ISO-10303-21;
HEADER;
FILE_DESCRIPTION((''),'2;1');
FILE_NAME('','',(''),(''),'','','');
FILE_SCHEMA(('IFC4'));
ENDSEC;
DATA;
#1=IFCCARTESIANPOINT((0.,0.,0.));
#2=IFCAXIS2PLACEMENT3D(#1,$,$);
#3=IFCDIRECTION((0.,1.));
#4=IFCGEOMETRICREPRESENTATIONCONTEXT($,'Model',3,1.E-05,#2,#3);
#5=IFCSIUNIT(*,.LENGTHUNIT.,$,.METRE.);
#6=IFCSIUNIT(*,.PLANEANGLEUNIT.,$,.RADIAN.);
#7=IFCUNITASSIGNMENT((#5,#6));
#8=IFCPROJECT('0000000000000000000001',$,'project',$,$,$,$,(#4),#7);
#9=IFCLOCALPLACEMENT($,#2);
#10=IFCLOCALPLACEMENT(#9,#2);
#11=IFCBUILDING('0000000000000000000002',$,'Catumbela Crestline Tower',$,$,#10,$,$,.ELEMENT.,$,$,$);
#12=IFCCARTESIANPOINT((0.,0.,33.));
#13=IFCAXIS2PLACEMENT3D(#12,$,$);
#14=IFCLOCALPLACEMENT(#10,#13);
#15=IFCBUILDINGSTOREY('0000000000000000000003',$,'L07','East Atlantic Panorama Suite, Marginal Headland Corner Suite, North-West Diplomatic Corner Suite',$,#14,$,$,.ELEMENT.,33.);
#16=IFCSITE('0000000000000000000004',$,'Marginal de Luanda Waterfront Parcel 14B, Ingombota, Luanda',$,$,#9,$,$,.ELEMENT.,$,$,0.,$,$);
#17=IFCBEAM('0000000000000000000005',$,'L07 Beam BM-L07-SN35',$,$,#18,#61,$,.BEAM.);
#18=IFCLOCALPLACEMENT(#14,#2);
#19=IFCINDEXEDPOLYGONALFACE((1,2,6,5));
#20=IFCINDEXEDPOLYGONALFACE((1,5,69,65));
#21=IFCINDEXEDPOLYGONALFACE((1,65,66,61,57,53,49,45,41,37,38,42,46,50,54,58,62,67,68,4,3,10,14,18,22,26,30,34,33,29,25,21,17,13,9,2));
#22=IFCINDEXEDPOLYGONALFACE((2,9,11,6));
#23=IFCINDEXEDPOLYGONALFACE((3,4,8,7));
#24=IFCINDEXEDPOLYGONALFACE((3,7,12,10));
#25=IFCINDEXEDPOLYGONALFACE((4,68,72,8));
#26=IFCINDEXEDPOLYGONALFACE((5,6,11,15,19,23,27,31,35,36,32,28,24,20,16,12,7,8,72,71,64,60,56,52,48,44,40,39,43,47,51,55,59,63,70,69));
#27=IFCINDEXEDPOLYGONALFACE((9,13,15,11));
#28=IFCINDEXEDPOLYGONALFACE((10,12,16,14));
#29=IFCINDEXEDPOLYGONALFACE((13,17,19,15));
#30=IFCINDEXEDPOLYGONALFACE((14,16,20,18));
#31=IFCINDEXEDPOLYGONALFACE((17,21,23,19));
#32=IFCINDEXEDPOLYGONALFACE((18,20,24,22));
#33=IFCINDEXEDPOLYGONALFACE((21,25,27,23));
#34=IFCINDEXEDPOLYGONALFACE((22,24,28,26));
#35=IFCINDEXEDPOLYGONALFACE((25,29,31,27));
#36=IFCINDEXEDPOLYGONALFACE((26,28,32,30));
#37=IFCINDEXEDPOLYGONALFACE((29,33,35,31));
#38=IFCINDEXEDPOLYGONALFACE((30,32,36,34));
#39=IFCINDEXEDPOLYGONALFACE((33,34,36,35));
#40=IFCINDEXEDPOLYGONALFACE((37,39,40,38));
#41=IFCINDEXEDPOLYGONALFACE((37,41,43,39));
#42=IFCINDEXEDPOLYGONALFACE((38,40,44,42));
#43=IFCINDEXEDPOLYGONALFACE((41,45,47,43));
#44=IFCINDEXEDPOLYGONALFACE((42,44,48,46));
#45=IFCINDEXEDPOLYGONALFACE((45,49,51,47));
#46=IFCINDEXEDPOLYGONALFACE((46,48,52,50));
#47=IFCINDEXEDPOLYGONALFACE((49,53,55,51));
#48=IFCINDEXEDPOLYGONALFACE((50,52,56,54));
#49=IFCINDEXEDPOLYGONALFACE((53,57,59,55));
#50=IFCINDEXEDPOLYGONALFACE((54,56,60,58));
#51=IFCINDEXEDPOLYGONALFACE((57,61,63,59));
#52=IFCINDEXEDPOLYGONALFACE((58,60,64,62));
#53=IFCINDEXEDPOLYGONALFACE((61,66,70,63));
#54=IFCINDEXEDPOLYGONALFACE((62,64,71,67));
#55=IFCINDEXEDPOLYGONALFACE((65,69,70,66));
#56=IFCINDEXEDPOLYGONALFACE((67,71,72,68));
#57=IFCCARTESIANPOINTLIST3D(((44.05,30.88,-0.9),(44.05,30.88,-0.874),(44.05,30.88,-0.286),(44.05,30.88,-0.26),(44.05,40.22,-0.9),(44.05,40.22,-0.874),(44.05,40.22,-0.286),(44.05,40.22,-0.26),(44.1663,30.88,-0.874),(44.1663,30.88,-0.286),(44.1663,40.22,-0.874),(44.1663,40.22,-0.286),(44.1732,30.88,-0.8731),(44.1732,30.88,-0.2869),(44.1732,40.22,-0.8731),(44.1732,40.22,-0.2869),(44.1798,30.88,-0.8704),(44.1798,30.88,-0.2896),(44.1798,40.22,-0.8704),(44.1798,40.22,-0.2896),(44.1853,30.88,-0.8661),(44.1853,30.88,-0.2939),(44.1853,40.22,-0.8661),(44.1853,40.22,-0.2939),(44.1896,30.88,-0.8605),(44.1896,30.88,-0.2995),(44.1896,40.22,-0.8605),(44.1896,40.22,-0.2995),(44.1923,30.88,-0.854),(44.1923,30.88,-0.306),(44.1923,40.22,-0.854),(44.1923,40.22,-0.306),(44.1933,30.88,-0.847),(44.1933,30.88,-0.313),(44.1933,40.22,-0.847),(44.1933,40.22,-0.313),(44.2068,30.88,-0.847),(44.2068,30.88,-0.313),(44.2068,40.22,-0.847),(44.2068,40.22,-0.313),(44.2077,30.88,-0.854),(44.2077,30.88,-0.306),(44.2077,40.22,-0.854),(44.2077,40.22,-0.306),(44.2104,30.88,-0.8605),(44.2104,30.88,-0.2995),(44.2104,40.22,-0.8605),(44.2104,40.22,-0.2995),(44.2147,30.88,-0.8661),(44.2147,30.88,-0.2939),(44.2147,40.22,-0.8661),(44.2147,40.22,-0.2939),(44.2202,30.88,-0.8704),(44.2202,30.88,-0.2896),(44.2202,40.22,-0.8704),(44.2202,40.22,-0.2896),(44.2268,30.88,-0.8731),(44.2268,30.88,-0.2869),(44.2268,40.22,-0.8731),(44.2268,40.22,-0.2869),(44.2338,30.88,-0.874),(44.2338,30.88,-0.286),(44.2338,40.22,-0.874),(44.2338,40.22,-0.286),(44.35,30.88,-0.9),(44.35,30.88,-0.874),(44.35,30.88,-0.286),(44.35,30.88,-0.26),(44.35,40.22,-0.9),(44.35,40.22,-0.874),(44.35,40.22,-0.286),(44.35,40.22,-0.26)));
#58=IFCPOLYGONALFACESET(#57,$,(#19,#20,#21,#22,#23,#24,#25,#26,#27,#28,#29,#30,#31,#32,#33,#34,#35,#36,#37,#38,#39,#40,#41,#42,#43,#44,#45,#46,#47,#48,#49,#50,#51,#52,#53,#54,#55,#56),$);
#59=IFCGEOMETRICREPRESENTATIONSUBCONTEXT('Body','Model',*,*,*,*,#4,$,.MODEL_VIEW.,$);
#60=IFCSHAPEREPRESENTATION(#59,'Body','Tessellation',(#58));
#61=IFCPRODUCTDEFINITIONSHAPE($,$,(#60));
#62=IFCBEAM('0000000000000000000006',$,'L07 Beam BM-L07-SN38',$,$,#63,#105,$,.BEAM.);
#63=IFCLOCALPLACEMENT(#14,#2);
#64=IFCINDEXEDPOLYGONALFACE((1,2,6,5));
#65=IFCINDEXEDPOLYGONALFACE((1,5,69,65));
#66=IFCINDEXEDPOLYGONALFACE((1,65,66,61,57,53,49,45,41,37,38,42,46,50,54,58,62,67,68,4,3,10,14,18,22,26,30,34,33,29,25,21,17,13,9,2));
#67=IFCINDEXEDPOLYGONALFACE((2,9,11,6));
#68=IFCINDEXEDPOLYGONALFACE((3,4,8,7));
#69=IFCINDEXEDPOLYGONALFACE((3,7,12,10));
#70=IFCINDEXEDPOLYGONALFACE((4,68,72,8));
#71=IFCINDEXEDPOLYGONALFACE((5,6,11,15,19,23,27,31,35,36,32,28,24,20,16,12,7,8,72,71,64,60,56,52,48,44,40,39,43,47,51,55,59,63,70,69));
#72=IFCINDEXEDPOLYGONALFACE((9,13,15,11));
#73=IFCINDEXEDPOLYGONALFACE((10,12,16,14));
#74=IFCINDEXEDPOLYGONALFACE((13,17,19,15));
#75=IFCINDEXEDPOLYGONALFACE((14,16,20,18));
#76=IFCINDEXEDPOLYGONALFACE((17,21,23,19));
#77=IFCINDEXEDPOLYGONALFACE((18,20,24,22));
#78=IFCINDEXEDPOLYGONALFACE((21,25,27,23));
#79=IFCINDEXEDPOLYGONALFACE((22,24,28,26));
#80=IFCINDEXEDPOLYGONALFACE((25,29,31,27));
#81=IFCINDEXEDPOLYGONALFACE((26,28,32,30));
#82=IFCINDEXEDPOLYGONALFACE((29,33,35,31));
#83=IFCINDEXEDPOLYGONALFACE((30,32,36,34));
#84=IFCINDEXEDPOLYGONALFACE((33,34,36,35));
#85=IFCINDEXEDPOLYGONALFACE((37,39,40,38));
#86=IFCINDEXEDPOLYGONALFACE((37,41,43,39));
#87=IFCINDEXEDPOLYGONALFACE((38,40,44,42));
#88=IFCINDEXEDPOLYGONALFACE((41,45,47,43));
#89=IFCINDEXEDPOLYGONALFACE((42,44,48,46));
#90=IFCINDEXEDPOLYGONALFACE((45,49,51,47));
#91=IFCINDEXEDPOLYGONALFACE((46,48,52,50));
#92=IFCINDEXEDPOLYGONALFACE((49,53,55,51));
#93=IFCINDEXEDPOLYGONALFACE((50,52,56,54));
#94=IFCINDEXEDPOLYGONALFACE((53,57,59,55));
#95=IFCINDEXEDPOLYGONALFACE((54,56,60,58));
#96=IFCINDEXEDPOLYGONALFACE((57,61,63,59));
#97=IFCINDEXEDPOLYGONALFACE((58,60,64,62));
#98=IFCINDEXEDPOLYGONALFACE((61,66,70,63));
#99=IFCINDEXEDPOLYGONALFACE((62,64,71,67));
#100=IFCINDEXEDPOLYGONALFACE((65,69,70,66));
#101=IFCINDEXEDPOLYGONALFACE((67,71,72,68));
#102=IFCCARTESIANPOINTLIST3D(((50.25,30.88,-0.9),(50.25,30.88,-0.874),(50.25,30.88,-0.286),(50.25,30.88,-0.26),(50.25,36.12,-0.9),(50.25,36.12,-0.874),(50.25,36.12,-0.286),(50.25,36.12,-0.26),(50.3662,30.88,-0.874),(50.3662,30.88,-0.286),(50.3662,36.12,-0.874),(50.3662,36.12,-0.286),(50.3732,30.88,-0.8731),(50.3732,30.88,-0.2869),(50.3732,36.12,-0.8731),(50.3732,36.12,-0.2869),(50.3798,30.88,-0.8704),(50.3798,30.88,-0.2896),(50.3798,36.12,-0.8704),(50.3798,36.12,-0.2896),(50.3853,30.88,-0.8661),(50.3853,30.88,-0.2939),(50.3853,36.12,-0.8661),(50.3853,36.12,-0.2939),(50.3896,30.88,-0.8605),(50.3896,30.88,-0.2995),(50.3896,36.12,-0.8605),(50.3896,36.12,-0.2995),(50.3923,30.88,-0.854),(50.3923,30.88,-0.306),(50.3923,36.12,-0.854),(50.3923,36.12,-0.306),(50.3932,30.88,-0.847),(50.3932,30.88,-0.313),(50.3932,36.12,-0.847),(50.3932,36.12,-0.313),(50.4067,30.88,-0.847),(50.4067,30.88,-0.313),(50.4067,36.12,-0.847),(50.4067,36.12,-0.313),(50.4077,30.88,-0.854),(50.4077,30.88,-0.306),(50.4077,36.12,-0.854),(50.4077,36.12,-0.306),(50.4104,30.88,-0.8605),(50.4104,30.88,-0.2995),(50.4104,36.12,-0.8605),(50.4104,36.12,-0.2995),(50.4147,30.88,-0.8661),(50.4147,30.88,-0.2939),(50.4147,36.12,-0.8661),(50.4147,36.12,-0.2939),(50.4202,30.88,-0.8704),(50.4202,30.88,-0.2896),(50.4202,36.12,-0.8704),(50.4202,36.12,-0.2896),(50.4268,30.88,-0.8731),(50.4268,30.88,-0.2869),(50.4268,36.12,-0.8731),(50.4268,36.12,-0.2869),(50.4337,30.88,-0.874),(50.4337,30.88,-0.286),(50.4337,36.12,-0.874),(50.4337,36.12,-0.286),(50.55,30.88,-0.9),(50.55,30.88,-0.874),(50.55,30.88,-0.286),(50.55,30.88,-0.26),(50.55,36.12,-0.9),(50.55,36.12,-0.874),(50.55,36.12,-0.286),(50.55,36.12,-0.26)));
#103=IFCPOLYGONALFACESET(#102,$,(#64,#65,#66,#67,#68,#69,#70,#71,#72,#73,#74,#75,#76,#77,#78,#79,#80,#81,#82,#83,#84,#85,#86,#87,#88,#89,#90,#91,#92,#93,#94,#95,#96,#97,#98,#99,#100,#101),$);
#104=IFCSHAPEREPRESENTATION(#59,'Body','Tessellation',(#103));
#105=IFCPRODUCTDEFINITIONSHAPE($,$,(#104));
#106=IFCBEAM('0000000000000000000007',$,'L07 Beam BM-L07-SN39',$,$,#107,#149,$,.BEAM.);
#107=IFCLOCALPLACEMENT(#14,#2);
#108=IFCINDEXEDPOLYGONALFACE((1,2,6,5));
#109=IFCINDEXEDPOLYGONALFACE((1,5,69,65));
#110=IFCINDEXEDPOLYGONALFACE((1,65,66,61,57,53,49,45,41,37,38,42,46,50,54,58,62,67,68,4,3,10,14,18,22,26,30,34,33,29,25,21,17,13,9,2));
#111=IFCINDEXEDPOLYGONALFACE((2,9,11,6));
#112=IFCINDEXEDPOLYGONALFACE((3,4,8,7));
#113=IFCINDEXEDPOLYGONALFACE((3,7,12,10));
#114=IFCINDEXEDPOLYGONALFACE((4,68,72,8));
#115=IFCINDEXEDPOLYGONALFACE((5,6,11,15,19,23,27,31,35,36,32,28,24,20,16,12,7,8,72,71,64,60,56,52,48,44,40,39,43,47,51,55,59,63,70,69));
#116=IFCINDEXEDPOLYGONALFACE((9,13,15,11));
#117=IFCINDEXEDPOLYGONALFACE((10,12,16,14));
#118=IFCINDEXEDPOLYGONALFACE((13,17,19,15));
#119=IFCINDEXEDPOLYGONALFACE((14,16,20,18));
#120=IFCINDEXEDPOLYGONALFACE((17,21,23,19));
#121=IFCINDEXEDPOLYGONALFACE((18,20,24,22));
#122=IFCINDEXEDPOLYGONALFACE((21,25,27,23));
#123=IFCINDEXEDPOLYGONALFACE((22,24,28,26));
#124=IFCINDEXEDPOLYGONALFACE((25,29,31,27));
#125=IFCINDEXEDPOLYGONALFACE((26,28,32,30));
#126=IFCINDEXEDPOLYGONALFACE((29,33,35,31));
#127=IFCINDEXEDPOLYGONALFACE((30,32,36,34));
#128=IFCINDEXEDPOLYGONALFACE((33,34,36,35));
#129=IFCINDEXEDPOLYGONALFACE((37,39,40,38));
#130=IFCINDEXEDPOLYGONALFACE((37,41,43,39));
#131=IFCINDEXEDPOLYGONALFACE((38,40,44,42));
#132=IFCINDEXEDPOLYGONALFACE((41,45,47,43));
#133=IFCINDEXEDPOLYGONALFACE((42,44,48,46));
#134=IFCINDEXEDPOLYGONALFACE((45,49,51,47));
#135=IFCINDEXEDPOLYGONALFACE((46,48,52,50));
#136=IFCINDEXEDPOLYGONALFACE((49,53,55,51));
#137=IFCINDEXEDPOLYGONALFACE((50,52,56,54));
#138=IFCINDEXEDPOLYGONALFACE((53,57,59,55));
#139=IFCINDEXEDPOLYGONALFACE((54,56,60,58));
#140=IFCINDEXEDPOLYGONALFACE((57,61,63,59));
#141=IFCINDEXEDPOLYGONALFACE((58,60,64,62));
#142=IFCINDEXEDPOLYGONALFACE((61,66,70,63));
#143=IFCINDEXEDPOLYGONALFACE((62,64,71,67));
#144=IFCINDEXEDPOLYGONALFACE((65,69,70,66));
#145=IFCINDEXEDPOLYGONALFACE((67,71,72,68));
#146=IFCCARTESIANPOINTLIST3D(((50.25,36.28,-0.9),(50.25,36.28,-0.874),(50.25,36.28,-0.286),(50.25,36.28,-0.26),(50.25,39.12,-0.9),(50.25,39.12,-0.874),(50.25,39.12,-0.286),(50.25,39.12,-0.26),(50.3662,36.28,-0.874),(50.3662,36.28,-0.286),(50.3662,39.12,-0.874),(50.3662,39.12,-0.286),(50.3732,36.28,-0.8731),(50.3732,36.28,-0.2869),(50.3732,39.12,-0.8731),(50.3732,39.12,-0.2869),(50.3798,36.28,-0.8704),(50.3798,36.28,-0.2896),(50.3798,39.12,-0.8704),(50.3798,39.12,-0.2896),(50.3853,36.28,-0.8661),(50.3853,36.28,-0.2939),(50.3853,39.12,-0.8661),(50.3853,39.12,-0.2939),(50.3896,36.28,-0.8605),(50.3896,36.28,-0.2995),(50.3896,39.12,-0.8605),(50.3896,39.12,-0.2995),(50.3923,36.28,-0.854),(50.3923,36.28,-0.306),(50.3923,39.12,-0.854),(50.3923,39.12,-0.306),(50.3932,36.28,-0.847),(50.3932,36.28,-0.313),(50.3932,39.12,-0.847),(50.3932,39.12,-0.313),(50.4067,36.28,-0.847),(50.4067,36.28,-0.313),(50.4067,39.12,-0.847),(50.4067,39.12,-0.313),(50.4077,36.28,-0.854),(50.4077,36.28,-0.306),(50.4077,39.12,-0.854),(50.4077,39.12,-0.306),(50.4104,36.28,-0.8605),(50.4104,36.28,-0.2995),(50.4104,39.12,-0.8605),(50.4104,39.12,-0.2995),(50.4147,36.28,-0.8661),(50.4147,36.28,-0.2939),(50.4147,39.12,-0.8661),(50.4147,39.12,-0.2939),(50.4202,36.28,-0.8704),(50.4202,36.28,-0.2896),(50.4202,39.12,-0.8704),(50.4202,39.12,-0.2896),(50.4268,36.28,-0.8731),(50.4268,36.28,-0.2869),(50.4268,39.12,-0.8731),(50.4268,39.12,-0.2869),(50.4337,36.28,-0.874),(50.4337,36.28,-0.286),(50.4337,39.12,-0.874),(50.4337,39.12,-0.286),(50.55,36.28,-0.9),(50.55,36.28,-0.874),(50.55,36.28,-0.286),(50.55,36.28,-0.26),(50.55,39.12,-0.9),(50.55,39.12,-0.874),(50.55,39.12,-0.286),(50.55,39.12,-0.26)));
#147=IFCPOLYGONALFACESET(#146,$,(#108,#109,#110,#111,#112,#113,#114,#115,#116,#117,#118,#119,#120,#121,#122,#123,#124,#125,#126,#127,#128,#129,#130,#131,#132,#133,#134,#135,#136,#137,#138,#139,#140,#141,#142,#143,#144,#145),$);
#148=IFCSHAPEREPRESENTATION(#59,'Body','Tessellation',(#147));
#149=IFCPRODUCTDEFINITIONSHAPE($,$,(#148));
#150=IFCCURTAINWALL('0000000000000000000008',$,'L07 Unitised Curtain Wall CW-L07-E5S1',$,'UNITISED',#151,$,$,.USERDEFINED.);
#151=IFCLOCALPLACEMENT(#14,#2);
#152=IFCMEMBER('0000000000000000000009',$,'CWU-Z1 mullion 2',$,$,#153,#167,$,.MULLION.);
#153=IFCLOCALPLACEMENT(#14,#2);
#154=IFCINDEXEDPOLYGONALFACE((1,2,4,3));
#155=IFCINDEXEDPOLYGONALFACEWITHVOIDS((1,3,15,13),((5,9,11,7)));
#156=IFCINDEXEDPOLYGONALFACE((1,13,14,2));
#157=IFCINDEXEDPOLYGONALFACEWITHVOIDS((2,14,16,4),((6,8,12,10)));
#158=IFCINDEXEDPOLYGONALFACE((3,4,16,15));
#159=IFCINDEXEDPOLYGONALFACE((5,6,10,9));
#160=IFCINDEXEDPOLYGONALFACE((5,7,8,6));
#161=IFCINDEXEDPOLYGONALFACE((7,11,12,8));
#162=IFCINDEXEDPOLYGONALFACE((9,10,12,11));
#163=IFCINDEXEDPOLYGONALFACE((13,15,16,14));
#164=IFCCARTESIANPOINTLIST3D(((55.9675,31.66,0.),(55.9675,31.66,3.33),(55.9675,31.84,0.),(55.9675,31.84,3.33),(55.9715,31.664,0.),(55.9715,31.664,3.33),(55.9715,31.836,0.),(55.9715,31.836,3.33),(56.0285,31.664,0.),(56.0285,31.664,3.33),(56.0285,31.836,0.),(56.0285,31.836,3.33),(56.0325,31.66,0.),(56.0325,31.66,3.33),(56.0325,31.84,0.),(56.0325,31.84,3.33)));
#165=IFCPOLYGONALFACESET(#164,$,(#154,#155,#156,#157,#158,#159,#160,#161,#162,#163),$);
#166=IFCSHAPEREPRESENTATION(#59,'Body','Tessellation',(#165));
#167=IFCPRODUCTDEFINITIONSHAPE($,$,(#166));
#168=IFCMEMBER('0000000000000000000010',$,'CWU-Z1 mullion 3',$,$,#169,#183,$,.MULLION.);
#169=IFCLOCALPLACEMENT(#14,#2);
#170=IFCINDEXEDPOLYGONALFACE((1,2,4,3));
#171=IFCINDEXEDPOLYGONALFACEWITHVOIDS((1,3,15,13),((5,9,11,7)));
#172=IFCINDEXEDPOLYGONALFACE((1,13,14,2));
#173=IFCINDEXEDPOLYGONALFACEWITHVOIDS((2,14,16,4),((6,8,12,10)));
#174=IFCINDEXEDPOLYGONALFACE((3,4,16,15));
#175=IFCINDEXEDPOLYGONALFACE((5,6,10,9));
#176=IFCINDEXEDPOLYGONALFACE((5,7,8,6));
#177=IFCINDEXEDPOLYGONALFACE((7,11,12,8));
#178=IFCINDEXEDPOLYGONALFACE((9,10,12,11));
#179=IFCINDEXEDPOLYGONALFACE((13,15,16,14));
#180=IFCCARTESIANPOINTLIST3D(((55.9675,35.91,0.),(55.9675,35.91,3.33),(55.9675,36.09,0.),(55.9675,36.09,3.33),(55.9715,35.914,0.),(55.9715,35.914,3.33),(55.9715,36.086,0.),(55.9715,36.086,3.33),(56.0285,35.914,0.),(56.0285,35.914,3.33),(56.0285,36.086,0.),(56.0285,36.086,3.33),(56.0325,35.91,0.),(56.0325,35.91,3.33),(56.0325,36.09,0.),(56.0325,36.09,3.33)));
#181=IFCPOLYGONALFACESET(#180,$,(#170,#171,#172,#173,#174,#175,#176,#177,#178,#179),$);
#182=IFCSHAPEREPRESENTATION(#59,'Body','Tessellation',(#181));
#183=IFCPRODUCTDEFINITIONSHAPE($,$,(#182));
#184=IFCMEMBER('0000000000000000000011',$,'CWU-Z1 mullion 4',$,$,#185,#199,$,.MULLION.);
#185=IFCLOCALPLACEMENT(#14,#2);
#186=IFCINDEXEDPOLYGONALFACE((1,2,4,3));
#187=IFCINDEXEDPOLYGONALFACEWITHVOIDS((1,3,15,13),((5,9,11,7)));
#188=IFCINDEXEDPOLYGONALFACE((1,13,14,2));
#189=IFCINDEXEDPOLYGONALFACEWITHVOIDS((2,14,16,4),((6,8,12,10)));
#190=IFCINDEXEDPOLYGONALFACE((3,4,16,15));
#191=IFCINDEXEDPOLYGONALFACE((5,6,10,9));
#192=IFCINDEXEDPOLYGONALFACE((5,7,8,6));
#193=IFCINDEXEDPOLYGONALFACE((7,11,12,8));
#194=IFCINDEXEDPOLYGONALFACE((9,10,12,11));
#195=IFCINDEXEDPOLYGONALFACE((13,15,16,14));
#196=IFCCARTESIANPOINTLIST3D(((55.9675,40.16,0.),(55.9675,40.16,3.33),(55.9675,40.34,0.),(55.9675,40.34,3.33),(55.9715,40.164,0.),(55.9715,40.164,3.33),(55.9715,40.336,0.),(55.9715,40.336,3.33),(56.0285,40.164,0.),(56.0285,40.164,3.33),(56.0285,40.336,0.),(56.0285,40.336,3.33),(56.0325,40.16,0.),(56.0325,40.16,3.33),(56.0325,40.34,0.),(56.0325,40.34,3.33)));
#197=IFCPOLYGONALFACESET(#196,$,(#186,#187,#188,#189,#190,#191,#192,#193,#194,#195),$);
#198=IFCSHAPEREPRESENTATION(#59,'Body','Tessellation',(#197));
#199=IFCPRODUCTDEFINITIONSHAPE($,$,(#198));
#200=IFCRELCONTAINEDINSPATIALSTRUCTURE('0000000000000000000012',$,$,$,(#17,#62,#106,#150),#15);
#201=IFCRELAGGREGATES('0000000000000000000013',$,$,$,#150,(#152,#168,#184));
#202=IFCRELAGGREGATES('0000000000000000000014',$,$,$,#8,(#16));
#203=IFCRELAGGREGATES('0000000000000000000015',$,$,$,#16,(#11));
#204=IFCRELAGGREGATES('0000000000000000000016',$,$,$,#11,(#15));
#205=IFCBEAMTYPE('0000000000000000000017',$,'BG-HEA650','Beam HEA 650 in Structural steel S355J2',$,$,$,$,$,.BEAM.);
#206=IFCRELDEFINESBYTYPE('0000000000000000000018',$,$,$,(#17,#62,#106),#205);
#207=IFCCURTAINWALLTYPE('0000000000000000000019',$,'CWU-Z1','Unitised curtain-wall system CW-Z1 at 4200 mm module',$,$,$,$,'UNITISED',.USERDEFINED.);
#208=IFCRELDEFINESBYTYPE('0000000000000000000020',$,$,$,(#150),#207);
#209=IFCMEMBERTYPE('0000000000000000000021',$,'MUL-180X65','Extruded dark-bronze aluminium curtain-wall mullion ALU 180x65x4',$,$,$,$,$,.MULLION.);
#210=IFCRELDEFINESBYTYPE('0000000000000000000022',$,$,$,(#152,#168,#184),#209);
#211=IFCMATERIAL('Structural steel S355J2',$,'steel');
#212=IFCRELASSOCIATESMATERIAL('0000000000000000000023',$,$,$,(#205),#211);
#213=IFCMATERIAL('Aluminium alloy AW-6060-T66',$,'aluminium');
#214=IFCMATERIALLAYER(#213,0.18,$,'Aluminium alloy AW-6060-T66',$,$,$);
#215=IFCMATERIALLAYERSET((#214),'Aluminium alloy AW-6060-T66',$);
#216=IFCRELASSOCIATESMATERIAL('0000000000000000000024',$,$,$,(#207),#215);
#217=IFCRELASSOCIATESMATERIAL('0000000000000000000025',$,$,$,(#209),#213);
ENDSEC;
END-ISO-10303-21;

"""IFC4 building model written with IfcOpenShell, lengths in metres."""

from ifc_helpers import new_model, si_unit, direction, frame, origin, origin_2d, place, context, subcontext, project, spatial, hollow_rectangle, i_section, extrude, material, layer, layer_set, material_profile, profile_set, type_object, element, aggregate, save


model = new_model("IFC4")

# Units and contexts
model_context = context("Model", 3, precision=1e-05, world=origin(), true_north=direction((0.0, 1.0)))
body_context = subcontext(model_context, "Body", "Model", "MODEL_VIEW")
ifc_project = project(units=[si_unit("LENGTHUNIT", "METRE"), si_unit("PLANEANGLEUNIT", "RADIAN")], contexts=[model_context])

# Site, building, storey
site_placement = place(None, origin())
site = spatial("IfcSite", under=ifc_project, at=site_placement, Name="Marginal de Luanda Waterfront Parcel 14B, Ingombota, Luanda", CompositionType="ELEMENT", RefElevation=0.0)
building_placement = place(site_placement, origin())
building = spatial("IfcBuilding", under=site, at=building_placement, Name="Catumbela Crestline Tower", CompositionType="ELEMENT")
storey_placement = place(building_placement, frame((0.0, 0.0, 33.0)))
storey = spatial("IfcBuildingStorey", under=building, at=storey_placement, Name="L07", Description="East Atlantic Panorama Suite, Marginal Headland Corner Suite, North-West Diplomatic Corner Suite", CompositionType="ELEMENT", Elevation=33.0)

# Beams
ifc_material_1 = material(Name="Structural steel S355J2", Category="steel")
ifc_material_profile_1 = material_profile(ifc_material_1, i_section(OverallWidth=0.3, OverallDepth=0.64, WebThickness=0.0135, FlangeThickness=0.026, FilletRadius=0.027, at=origin_2d()), Name="HEA 650")
ifc_profile_set_1 = profile_set([ifc_material_profile_1], Name="Structural steel S355J2")
beam_type_1 = type_object("IfcBeamType", Name="BG-HEA650", Description="Beam HEA 650 in Structural steel S355J2", PredefinedType="BEAM", material=ifc_profile_set_1)
beam_1_placement = place(storey_placement, frame((44.2, 30.88, -0.58), z_axis=(0.0, 1.0, 0.0), x_axis=(-1.0, 0.0, 0.0)))
element("IfcBeam", 1, at=beam_1_placement, inside=storey, type_object=beam_type_1, Name="L07 Beam BM-L07-SN35", PredefinedType="BEAM", context=body_context, shape_type="SweptSolid", body=[
    extrude(i_section(OverallWidth=0.3, OverallDepth=0.64, WebThickness=0.0135, FlangeThickness=0.026, FilletRadius=0.027, at=origin_2d()), origin(), (0.0, 0.0, 1.0), 9.34),
])
beam_2_placement = place(storey_placement, frame((50.4, 30.88, -0.58), z_axis=(0.0, 1.0, 0.0), x_axis=(-1.0, 0.0, 0.0)))
element("IfcBeam", 2, at=beam_2_placement, inside=storey, type_object=beam_type_1, Name="L07 Beam BM-L07-SN38", PredefinedType="BEAM", context=body_context, shape_type="SweptSolid", body=[
    extrude(i_section(OverallWidth=0.3, OverallDepth=0.64, WebThickness=0.0135, FlangeThickness=0.026, FilletRadius=0.027, at=origin_2d()), origin(), (0.0, 0.0, 1.0), 5.24),
])
beam_3_placement = place(storey_placement, frame((50.4, 36.28, -0.58), z_axis=(0.0, 1.0, 0.0), x_axis=(-1.0, 0.0, 0.0)))
element("IfcBeam", 3, at=beam_3_placement, inside=storey, type_object=beam_type_1, Name="L07 Beam BM-L07-SN39", PredefinedType="BEAM", context=body_context, shape_type="SweptSolid", body=[
    extrude(i_section(OverallWidth=0.3, OverallDepth=0.64, WebThickness=0.0135, FlangeThickness=0.026, FilletRadius=0.027, at=origin_2d()), origin(), (0.0, 0.0, 1.0), 2.84),
])

# Curtain wall, members
ifc_material_2 = material(Name="Aluminium alloy AW-6060-T66", Category="aluminium")
ifc_layer_1 = layer(ifc_material_2, 0.18, Name="Aluminium alloy AW-6060-T66")
ifc_layer_set_1 = layer_set([ifc_layer_1], Name="Aluminium alloy AW-6060-T66")
curtain_wall_type = type_object("IfcCurtainWallType", Name="CWU-Z1", Description="Unitised curtain-wall system CW-Z1 at 4200 mm module", ElementType="UNITISED", PredefinedType="USERDEFINED", material=ifc_layer_set_1)
curtain_wall_placement = place(storey_placement, origin())
curtain_wall = element("IfcCurtainWall", 4, at=curtain_wall_placement, inside=storey, type_object=curtain_wall_type, Name="L07 Unitised Curtain Wall CW-L07-E5S1", ObjectType="UNITISED", PredefinedType="USERDEFINED")
ifc_material_profile_2 = material_profile(ifc_material_2, hollow_rectangle(XDim=0.065, YDim=0.18, WallThickness=0.004, at=origin_2d()), Name="ALU 180x65x4")
ifc_profile_set_2 = profile_set([ifc_material_profile_2], Name="Aluminium alloy AW-6060-T66")
member_type_1 = type_object("IfcMemberType", Name="MUL-180X65", Description="Extruded dark-bronze aluminium curtain-wall mullion ALU 180x65x4", PredefinedType="MULLION", material=ifc_profile_set_2)
member_1_placement = place(storey_placement, frame((56.0, 31.75, 0.0), z_axis=(0.0, 0.0, 1.0), x_axis=(-1.0, 0.0, 0.0)))
member_1 = element("IfcMember", 5, at=member_1_placement, type_object=member_type_1, Name="CWU-Z1 mullion 2", PredefinedType="MULLION", context=body_context, shape_type="SweptSolid", body=[
    extrude(hollow_rectangle(XDim=0.065, YDim=0.18, WallThickness=0.004, at=origin_2d()), origin(), (0.0, 0.0, 1.0), 3.33),
])
member_2_placement = place(storey_placement, frame((56.0, 36.0, 0.0), z_axis=(0.0, 0.0, 1.0), x_axis=(-1.0, 0.0, 0.0)))
member_2 = element("IfcMember", 6, at=member_2_placement, type_object=member_type_1, Name="CWU-Z1 mullion 3", PredefinedType="MULLION", context=body_context, shape_type="SweptSolid", body=[
    extrude(hollow_rectangle(XDim=0.065, YDim=0.18, WallThickness=0.004, at=origin_2d()), origin(), (0.0, 0.0, 1.0), 3.33),
])
member_3_placement = place(storey_placement, frame((56.0, 40.25, 0.0), z_axis=(0.0, 0.0, 1.0), x_axis=(-1.0, 0.0, 0.0)))
member_3 = element("IfcMember", 7, at=member_3_placement, type_object=member_type_1, Name="CWU-Z1 mullion 4", PredefinedType="MULLION", context=body_context, shape_type="SweptSolid", body=[
    extrude(hollow_rectangle(XDim=0.065, YDim=0.18, WallThickness=0.004, at=origin_2d()), origin(), (0.0, 0.0, 1.0), 3.33),
])

aggregate(curtain_wall, [member_1, member_2, member_3])

save(model, "model.ifc")
